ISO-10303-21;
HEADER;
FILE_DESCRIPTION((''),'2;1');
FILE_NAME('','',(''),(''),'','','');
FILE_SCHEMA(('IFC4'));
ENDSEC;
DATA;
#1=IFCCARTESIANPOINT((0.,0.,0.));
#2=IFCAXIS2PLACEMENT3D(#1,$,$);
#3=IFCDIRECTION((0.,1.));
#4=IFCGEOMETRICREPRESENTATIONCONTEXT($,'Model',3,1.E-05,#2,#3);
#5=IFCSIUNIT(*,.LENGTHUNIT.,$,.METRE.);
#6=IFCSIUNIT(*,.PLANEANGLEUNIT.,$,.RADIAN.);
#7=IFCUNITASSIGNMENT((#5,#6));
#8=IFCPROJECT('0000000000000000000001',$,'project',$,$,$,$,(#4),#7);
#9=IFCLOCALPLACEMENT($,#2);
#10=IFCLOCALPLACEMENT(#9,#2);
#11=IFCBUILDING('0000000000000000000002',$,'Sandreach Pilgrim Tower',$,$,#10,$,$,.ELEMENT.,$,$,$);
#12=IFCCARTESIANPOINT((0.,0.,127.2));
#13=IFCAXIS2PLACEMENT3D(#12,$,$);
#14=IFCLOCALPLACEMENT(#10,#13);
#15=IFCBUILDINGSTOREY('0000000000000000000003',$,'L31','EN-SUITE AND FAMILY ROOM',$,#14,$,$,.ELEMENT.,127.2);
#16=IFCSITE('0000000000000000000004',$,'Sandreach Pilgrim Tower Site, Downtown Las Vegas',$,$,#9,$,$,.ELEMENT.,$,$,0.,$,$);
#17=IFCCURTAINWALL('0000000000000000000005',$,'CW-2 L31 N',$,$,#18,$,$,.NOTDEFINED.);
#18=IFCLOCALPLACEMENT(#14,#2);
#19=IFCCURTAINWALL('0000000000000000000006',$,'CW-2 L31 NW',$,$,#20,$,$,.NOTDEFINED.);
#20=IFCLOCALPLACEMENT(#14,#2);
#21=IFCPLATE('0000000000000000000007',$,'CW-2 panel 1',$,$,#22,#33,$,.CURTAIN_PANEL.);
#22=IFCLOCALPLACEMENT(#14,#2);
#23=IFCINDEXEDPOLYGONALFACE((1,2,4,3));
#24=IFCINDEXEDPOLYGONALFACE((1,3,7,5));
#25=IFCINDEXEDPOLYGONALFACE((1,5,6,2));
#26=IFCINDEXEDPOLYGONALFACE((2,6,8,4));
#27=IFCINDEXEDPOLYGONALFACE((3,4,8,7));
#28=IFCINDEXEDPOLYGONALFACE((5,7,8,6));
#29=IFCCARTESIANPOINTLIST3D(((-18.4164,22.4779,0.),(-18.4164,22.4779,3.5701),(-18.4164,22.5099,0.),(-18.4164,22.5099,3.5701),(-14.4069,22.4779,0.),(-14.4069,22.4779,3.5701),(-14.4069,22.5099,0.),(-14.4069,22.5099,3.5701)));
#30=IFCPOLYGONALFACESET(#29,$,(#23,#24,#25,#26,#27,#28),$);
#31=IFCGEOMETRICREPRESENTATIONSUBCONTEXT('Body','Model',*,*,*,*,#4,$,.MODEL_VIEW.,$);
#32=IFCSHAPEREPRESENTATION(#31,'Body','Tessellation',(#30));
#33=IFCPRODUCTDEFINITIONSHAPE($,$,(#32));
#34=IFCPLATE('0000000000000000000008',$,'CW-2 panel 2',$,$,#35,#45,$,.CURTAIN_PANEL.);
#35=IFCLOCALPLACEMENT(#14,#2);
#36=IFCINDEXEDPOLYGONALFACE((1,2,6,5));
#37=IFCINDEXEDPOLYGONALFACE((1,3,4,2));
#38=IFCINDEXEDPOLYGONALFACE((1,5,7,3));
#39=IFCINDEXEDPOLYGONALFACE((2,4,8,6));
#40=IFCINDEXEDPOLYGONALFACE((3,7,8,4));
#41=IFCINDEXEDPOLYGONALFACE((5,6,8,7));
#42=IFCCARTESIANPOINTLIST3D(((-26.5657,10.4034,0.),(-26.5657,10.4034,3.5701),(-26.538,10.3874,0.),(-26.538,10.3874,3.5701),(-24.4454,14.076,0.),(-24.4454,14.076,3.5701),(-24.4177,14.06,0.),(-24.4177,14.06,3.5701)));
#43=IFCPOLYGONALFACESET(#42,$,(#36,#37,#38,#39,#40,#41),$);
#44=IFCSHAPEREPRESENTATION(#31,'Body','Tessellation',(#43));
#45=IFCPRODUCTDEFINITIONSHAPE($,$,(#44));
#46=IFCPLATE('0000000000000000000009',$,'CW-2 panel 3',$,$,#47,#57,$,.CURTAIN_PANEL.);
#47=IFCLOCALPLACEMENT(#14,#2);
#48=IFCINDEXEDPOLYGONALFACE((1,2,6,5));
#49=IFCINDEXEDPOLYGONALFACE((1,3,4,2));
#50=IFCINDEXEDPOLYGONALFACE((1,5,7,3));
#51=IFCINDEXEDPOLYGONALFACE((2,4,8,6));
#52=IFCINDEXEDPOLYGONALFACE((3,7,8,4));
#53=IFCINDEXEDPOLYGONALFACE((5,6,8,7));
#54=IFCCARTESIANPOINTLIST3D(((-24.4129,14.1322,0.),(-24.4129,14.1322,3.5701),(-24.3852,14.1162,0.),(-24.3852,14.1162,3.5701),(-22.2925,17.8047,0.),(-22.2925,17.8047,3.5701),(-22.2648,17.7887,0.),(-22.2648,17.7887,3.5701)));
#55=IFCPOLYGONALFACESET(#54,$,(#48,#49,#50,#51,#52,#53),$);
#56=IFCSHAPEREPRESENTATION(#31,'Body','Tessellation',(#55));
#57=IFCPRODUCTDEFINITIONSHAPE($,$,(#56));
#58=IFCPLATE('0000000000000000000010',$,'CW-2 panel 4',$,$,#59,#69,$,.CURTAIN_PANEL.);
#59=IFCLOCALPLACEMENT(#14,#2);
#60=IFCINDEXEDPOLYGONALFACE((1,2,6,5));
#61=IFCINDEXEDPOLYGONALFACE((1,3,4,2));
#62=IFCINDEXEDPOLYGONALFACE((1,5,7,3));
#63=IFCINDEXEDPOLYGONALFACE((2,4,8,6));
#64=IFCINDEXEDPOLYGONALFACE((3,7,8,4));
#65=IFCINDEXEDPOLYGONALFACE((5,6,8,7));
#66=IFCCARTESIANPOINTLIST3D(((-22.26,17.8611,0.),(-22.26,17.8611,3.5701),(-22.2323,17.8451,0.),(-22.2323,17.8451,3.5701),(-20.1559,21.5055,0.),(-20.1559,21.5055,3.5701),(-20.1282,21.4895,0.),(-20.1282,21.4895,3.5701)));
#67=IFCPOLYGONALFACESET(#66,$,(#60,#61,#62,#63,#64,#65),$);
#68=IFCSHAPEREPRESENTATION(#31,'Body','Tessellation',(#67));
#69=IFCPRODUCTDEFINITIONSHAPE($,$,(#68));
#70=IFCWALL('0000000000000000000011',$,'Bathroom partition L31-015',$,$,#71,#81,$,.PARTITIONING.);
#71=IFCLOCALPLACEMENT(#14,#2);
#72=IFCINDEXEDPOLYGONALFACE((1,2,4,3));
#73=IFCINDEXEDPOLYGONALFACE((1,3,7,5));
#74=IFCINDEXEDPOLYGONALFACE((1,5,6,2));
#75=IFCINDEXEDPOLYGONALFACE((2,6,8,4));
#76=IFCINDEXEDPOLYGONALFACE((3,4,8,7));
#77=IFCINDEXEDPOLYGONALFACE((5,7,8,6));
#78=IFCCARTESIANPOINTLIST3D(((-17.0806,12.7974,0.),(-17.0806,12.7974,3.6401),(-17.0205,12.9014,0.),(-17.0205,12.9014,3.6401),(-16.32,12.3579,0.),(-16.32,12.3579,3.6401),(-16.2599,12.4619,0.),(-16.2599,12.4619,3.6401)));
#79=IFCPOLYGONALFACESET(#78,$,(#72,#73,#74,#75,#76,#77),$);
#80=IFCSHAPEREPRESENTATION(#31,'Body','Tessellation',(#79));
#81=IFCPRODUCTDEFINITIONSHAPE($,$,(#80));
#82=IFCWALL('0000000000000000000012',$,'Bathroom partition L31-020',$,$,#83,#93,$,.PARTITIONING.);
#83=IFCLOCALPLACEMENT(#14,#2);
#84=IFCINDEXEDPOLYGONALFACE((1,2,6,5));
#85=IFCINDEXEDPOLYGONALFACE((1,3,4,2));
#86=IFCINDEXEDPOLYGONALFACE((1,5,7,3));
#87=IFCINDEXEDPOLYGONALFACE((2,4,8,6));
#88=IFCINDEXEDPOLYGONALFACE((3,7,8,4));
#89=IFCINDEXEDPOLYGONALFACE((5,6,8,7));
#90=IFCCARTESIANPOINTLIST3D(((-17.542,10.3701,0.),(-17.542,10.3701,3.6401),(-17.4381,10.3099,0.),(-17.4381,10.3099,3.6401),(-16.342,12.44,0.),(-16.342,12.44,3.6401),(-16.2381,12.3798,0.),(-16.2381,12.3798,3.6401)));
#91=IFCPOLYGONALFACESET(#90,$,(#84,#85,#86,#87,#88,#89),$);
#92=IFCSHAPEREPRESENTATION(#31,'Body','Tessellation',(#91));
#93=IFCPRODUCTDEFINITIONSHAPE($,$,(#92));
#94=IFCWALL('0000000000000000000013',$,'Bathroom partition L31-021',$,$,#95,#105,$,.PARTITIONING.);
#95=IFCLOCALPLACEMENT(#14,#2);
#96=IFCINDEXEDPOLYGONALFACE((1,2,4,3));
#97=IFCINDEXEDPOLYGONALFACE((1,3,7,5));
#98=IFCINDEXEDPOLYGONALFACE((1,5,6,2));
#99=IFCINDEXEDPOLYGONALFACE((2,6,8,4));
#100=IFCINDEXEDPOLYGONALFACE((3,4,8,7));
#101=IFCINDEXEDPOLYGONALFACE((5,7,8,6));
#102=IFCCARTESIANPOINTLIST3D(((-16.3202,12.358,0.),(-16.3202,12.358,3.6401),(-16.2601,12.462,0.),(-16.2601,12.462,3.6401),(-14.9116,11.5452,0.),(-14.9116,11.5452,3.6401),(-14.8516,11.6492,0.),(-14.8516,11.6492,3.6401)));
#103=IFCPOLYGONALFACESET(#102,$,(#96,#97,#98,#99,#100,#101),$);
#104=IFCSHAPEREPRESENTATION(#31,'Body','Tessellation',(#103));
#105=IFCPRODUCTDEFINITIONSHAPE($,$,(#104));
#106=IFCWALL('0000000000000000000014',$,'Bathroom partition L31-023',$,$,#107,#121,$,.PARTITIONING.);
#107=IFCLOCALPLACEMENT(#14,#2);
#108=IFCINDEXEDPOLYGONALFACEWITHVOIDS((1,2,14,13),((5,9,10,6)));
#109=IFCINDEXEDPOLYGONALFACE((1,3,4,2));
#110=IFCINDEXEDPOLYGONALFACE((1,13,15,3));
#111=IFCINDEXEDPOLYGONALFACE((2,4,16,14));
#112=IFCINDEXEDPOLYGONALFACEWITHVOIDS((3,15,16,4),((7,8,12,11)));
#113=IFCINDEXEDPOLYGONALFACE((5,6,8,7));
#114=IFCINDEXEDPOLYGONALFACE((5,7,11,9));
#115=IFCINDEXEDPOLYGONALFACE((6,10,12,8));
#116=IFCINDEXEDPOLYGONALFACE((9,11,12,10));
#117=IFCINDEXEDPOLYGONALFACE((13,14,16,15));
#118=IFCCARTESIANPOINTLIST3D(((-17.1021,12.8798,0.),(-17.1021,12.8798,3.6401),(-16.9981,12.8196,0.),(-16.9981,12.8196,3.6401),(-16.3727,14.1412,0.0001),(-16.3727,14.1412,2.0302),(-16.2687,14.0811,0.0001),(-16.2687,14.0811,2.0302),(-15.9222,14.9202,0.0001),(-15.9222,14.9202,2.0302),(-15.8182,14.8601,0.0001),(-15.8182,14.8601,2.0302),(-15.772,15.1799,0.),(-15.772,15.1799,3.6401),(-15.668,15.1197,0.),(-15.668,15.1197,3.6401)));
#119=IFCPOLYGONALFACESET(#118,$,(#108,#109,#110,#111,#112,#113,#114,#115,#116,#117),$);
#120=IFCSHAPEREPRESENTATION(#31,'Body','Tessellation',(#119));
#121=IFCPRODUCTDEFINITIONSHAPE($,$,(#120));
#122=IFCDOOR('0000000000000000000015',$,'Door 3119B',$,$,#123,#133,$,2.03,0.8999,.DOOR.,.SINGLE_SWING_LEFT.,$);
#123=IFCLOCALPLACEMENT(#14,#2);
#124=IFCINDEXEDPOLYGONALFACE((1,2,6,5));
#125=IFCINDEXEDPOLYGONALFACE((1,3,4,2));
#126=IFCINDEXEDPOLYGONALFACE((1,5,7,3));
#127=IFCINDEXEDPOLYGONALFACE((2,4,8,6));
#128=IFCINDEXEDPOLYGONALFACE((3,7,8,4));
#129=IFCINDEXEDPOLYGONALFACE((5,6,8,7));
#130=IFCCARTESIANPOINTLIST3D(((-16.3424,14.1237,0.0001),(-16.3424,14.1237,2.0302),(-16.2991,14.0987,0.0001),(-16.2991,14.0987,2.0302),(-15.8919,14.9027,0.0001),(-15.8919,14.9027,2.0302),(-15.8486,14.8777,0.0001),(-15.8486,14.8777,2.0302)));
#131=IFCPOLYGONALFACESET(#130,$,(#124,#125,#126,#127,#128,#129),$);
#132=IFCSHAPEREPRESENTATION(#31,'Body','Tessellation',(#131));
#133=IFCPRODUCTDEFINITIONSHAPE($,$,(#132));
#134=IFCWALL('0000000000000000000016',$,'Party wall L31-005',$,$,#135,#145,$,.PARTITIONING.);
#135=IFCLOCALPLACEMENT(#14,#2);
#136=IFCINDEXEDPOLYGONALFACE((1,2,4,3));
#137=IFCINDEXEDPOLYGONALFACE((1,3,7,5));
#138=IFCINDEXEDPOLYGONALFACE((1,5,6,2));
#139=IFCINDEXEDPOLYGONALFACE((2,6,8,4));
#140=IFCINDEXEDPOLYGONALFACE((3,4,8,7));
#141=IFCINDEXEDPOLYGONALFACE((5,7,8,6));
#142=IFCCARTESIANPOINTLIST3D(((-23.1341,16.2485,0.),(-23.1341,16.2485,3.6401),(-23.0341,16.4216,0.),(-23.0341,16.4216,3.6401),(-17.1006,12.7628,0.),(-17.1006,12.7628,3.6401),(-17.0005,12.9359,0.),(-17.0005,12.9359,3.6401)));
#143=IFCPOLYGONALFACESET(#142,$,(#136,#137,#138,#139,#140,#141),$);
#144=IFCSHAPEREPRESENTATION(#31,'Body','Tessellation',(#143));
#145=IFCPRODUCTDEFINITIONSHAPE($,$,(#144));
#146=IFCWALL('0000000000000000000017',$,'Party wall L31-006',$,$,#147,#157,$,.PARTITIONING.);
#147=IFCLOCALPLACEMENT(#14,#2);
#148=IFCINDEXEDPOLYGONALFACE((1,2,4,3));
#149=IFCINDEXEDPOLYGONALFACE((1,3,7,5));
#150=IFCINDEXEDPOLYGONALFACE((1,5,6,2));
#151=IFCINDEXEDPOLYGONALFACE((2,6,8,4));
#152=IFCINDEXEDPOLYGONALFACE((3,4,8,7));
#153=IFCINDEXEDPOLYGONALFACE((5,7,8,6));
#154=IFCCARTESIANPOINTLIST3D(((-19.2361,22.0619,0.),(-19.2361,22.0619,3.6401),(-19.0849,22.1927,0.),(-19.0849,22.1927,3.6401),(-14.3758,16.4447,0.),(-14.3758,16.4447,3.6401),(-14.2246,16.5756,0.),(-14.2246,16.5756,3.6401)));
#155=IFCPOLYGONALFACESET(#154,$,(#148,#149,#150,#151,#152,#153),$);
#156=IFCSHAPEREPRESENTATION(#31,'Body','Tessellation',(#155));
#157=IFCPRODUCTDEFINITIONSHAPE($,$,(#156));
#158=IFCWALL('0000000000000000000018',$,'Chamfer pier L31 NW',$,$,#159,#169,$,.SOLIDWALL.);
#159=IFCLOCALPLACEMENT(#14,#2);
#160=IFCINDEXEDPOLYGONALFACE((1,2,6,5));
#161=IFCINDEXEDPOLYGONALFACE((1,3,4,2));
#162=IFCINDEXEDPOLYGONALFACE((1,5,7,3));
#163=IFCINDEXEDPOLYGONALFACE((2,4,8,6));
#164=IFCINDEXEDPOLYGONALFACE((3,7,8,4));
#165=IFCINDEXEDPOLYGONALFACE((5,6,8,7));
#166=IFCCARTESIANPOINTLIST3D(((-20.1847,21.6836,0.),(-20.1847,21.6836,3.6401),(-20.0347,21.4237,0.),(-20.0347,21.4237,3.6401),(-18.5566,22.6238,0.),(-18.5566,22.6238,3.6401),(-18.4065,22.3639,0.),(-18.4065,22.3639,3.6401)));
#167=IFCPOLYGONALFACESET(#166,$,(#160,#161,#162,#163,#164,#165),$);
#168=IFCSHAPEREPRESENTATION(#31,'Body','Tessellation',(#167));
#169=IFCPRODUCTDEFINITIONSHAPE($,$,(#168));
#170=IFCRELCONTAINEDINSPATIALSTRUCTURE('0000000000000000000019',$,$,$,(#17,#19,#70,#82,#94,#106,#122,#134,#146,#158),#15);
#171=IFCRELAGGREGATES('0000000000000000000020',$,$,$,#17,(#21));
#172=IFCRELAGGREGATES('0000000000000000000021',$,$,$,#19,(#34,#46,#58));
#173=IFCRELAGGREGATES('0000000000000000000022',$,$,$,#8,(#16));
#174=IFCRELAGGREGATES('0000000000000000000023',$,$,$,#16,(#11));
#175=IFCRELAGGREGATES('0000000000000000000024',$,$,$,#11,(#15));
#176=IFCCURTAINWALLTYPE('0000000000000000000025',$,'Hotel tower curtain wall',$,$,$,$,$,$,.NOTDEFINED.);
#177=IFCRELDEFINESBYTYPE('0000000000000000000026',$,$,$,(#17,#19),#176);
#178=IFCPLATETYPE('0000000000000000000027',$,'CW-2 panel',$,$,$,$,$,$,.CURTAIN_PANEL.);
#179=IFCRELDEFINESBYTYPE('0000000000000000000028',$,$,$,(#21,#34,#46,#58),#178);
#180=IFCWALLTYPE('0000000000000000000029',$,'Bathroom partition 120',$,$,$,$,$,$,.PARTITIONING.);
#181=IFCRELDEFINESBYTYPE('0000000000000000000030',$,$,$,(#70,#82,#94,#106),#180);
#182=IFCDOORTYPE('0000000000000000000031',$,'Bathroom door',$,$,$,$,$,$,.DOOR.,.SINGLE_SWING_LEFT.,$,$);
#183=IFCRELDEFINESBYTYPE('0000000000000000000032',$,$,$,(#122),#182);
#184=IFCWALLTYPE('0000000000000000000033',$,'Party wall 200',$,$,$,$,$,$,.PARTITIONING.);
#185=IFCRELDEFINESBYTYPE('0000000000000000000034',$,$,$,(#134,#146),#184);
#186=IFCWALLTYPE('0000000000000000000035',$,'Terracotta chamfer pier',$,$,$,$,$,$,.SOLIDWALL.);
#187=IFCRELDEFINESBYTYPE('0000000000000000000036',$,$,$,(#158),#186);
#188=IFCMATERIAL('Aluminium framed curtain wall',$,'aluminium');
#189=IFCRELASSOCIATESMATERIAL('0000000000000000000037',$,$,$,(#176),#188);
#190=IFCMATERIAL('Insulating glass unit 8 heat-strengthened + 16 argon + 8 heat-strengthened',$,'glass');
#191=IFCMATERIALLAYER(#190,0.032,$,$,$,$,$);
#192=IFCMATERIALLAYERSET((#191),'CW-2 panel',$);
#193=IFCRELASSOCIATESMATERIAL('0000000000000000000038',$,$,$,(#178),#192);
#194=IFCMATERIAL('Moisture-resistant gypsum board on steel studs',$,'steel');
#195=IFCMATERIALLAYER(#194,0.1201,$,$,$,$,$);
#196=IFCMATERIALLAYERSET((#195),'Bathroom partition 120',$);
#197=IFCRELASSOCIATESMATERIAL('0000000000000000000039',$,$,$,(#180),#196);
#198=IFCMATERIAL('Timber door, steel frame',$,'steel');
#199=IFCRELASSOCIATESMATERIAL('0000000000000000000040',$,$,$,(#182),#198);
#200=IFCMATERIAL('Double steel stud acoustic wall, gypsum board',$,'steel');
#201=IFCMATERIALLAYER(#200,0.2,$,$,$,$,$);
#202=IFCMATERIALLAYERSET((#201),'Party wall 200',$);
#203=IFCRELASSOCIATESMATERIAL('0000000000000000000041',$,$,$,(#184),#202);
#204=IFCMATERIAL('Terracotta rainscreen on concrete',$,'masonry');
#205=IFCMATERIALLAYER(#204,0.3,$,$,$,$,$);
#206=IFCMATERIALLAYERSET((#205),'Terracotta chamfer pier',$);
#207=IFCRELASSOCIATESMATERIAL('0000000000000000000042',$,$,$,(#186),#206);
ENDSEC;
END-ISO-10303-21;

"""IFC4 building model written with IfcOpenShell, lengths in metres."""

from ifc_helpers import new_model, si_unit, direction, frame, frame_2d, origin, origin_2d, place, context, subcontext, project, spatial, rectangle, extrude, material, layer, layer_set, type_object, element, fill, aggregate, save


model = new_model("IFC4")

# Units and contexts
model_context = context("Model", 3, precision=1e-05, world=origin(), true_north=direction((0.0, 1.0)))
body_context = subcontext(model_context, "Body", "Model", "MODEL_VIEW")
ifc_project = project(units=[si_unit("LENGTHUNIT", "METRE"), si_unit("PLANEANGLEUNIT", "RADIAN")], contexts=[model_context])

# Site, building, storey
site_placement = place(None, origin())
site = spatial("IfcSite", under=ifc_project, at=site_placement, Name="Sandreach Pilgrim Tower Site, Downtown Las Vegas", CompositionType="ELEMENT", RefElevation=0.0)
building_placement = place(site_placement, origin())
building = spatial("IfcBuilding", under=site, at=building_placement, Name="Sandreach Pilgrim Tower", CompositionType="ELEMENT")
storey_placement = place(building_placement, frame((0.0, 0.0, 127.2)))
storey = spatial("IfcBuildingStorey", under=building, at=storey_placement, Name="L31", Description="EN-SUITE AND FAMILY ROOM", CompositionType="ELEMENT", Elevation=127.2)

# Curtain wall
ifc_material_1 = material(Name="Aluminium framed curtain wall", Category="aluminium")
curtain_wall_type = type_object("IfcCurtainWallType", Name="Hotel tower curtain wall", PredefinedType="NOTDEFINED", material=ifc_material_1)
curtain_wall_1_placement = place(storey_placement, origin())
curtain_wall_1 = element("IfcCurtainWall", 1, at=curtain_wall_1_placement, inside=storey, type_object=curtain_wall_type, Name="CW-2 L31 N", PredefinedType="NOTDEFINED")

# Curtain wall
curtain_wall_2_placement = place(storey_placement, origin())
curtain_wall_2 = element("IfcCurtainWall", 2, at=curtain_wall_2_placement, inside=storey, type_object=curtain_wall_type, Name="CW-2 L31 NW", PredefinedType="NOTDEFINED")

# Plates
ifc_material_2 = material(Name="Insulating glass unit 8 heat-strengthened + 16 argon + 8 heat-strengthened", Category="glass")
ifc_layer_1 = layer(ifc_material_2, 0.032)
ifc_layer_set_1 = layer_set([ifc_layer_1], Name="CW-2 panel")
plate_type = type_object("IfcPlateType", Name="CW-2 panel", PredefinedType="CURTAIN_PANEL", material=ifc_layer_set_1)
plate_1_placement = place(storey_placement, frame((-16.4116, 22.4939, 0.0), z_axis=(0.0, 0.0, 1.0), x_axis=(1.0, 0.0, 0.0)))
plate_1 = element("IfcPlate", 3, at=plate_1_placement, type_object=plate_type, Name="CW-2 panel 1", PredefinedType="CURTAIN_PANEL", context=body_context, shape_type="SweptSolid", body=[
    extrude(rectangle(XDim=4.0095, YDim=0.032, at=origin_2d()), origin(), (0.0, 0.0, 1.0), 3.5701),
])
aggregate(curtain_wall_1, [plate_1])
plate_2_placement = place(storey_placement, frame((-25.4917, 12.2317, 0.0), z_axis=(0.0, 0.0, 1.0), x_axis=(0.5, 0.866025, 0.0)))
plate_2 = element("IfcPlate", 4, at=plate_2_placement, type_object=plate_type, Name="CW-2 panel 2", PredefinedType="CURTAIN_PANEL", context=body_context, shape_type="SweptSolid", body=[
    extrude(rectangle(XDim=4.2407, YDim=0.032, at=origin_2d()), origin(), (0.0, 0.0, 1.0), 3.5701),
])
plate_3_placement = place(storey_placement, frame((-23.3389, 15.9604, 0.0), z_axis=(0.0, 0.0, 1.0), x_axis=(0.5, 0.866025, 0.0)))
plate_3 = element("IfcPlate", 5, at=plate_3_placement, type_object=plate_type, Name="CW-2 panel 3", PredefinedType="CURTAIN_PANEL", context=body_context, shape_type="SweptSolid", body=[
    extrude(rectangle(XDim=4.2407, YDim=0.032, at=origin_2d()), origin(), (0.0, 0.0, 1.0), 3.5701),
])
plate_4_placement = place(storey_placement, frame((-21.1941, 19.6753, 0.0), z_axis=(0.0, 0.0, 1.0), x_axis=(0.5, 0.866025, 0.0)))
plate_4 = element("IfcPlate", 6, at=plate_4_placement, type_object=plate_type, Name="CW-2 panel 4", PredefinedType="CURTAIN_PANEL", context=body_context, shape_type="SweptSolid", body=[
    extrude(rectangle(XDim=4.2083, YDim=0.032, at=origin_2d()), origin(), (0.0, 0.0, 1.0), 3.5701),
])
aggregate(curtain_wall_2, [plate_2, plate_3, plate_4])

# Walls
ifc_material_3 = material(Name="Moisture-resistant gypsum board on steel studs", Category="steel")
ifc_layer_2 = layer(ifc_material_3, 0.1201)
ifc_layer_set_2 = layer_set([ifc_layer_2], Name="Bathroom partition 120")
wall_type_1 = type_object("IfcWallType", Name="Bathroom partition 120", PredefinedType="PARTITIONING", material=ifc_layer_set_2)
wall_1_placement = place(storey_placement, frame((-17.0505, 12.8494, 0.0), z_axis=(0.0, 0.0, 1.0), x_axis=(0.865838, -0.500324, 0.0)))
element("IfcWall", 7, at=wall_1_placement, inside=storey, type_object=wall_type_1, Name="Bathroom partition L31-015", PredefinedType="PARTITIONING", context=body_context, shape_type="SweptSolid", body=[
    extrude(rectangle(XDim=0.8784, YDim=0.1201, at=frame_2d((0.4392, 0.0))), origin(), (0.0, 0.0, 1.0), 3.6401),
])
wall_2_placement = place(storey_placement, frame((-16.29, 12.4099, 0.0), z_axis=(0.0, 0.0, 1.0), x_axis=(-0.501547, -0.86513, 0.0)))
element("IfcWall", 8, at=wall_2_placement, inside=storey, type_object=wall_type_1, Name="Bathroom partition L31-020", PredefinedType="PARTITIONING", context=body_context, shape_type="SweptSolid", body=[
    extrude(rectangle(XDim=2.3926, YDim=0.1201, at=frame_2d((1.1963, 0.0))), origin(), (0.0, 0.0, 1.0), 3.6401),
])
wall_3_placement = place(storey_placement, frame((-16.29, 12.4099, 0.0), z_axis=(0.0, 0.0, 1.0), x_axis=(0.866138, -0.499805, 0.0)))
element("IfcWall", 9, at=wall_3_placement, inside=storey, type_object=wall_type_1, Name="Bathroom partition L31-021", PredefinedType="PARTITIONING", context=body_context, shape_type="SweptSolid", body=[
    extrude(rectangle(XDim=1.6262, YDim=0.1201, at=frame_2d((0.813, 0.0))), origin(), (0.0, 0.0, 1.0), 3.6401),
])

# Wall, opening, door
wall_4_placement = place(storey_placement, frame((-15.72, 15.1499, 0.0), z_axis=(0.0, 0.0, 1.0), x_axis=(-0.500605, -0.865676, 0.0)))
wall_4 = element("IfcWall", 10, at=wall_4_placement, inside=storey, type_object=wall_type_1, Name="Bathroom partition L31-023", PredefinedType="PARTITIONING", context=body_context, shape_type="SweptSolid", body=[
    extrude(rectangle(XDim=2.657, YDim=0.1201, at=frame_2d((1.3286, 0.0))), origin(), (0.0, 0.0, 1.0), 3.6401),
])
opening_placement = place(wall_4_placement, frame((0.3, 0.0, 0.0)))
opening = element("IfcOpeningElement", 11, at=opening_placement, cuts=wall_4, PredefinedType="OPENING", context=body_context, shape_type="SweptSolid", body=[
    extrude(rectangle(XDim=0.8999, YDim=2.03, at=frame_2d((0.45, 1.0151))), frame((0.0, 0.0601, 0.0), z_axis=(0.0, -1.0, 0.0), x_axis=(1.0, 0.0, 0.0)), (0.0, 0.0, 1.0), 0.1201),
])
ifc_material_4 = material(Name="Timber door, steel frame", Category="steel")
door_type = type_object("IfcDoorType", Name="Bathroom door", OperationType="SINGLE_SWING_LEFT", PredefinedType="DOOR", material=ifc_material_4)
door_placement = place(opening_placement, origin())
door = element("IfcDoor", 12, at=door_placement, inside=storey, type_object=door_type, Name="Door 3119B", OperationType="SINGLE_SWING_LEFT", OverallHeight=2.03, OverallWidth=0.8999, PredefinedType="DOOR", context=body_context, shape_type="SweptSolid", body=[
    extrude(rectangle(XDim=0.8999, YDim=2.03, at=frame_2d((0.45, 1.0151))), frame((0.0, 0.0249, 0.0), z_axis=(0.0, -1.0, 0.0), x_axis=(1.0, 0.0, 0.0)), (0.0, 0.0, 1.0), 0.05),
])
fill(opening, door)

# Walls
ifc_material_5 = material(Name="Double steel stud acoustic wall, gypsum board", Category="steel")
ifc_layer_3 = layer(ifc_material_5, 0.2)
ifc_layer_set_3 = layer_set([ifc_layer_3], Name="Party wall 200")
wall_type_2 = type_object("IfcWallType", Name="Party wall 200", PredefinedType="PARTITIONING", material=ifc_layer_set_3)
wall_5_placement = place(storey_placement, frame((-23.084, 16.335, 0.0), z_axis=(0.0, 0.0, 1.0), x_axis=(0.86589, -0.500235, 0.0)))
element("IfcWall", 13, at=wall_5_placement, inside=storey, type_object=wall_type_2, Name="Party wall L31-005", PredefinedType="PARTITIONING", context=body_context, shape_type="SweptSolid", body=[
    extrude(rectangle(XDim=6.968, YDim=0.2, at=frame_2d((3.4839, 0.0))), origin(), (0.0, 0.0, 1.0), 3.6401),
])
wall_6_placement = place(storey_placement, frame((-19.1604, 22.1272, 0.0), z_axis=(0.0, 0.0, 1.0), x_axis=(0.654325, -0.756214, 0.0)))
element("IfcWall", 14, at=wall_6_placement, inside=storey, type_object=wall_type_2, Name="Party wall L31-006", PredefinedType="PARTITIONING", context=body_context, shape_type="SweptSolid", body=[
    extrude(rectangle(XDim=7.428, YDim=0.2, at=frame_2d((3.7139, 0.0))), origin(), (0.0, 0.0, 1.0), 3.6401),
])
ifc_material_6 = material(Name="Terracotta rainscreen on concrete", Category="masonry")
ifc_layer_4 = layer(ifc_material_6, 0.3)
ifc_layer_set_4 = layer_set([ifc_layer_4], Name="Terracotta chamfer pier")
wall_type_3 = type_object("IfcWallType", Name="Terracotta chamfer pier", PredefinedType="SOLIDWALL", material=ifc_layer_set_4)
wall_7_placement = place(storey_placement, frame((-20.1096, 21.5537, 0.0), z_axis=(0.0, 0.0, 1.0), x_axis=(0.865989, 0.500063, 0.0)))
element("IfcWall", 15, at=wall_7_placement, inside=storey, type_object=wall_type_3, Name="Chamfer pier L31 NW", PredefinedType="SOLIDWALL", context=body_context, shape_type="SweptSolid", body=[
    extrude(rectangle(XDim=1.8801, YDim=0.3, at=frame_2d((0.9399, 0.0))), origin(), (0.0, 0.0, 1.0), 3.6401),
])

save(model, "model.ifc")
